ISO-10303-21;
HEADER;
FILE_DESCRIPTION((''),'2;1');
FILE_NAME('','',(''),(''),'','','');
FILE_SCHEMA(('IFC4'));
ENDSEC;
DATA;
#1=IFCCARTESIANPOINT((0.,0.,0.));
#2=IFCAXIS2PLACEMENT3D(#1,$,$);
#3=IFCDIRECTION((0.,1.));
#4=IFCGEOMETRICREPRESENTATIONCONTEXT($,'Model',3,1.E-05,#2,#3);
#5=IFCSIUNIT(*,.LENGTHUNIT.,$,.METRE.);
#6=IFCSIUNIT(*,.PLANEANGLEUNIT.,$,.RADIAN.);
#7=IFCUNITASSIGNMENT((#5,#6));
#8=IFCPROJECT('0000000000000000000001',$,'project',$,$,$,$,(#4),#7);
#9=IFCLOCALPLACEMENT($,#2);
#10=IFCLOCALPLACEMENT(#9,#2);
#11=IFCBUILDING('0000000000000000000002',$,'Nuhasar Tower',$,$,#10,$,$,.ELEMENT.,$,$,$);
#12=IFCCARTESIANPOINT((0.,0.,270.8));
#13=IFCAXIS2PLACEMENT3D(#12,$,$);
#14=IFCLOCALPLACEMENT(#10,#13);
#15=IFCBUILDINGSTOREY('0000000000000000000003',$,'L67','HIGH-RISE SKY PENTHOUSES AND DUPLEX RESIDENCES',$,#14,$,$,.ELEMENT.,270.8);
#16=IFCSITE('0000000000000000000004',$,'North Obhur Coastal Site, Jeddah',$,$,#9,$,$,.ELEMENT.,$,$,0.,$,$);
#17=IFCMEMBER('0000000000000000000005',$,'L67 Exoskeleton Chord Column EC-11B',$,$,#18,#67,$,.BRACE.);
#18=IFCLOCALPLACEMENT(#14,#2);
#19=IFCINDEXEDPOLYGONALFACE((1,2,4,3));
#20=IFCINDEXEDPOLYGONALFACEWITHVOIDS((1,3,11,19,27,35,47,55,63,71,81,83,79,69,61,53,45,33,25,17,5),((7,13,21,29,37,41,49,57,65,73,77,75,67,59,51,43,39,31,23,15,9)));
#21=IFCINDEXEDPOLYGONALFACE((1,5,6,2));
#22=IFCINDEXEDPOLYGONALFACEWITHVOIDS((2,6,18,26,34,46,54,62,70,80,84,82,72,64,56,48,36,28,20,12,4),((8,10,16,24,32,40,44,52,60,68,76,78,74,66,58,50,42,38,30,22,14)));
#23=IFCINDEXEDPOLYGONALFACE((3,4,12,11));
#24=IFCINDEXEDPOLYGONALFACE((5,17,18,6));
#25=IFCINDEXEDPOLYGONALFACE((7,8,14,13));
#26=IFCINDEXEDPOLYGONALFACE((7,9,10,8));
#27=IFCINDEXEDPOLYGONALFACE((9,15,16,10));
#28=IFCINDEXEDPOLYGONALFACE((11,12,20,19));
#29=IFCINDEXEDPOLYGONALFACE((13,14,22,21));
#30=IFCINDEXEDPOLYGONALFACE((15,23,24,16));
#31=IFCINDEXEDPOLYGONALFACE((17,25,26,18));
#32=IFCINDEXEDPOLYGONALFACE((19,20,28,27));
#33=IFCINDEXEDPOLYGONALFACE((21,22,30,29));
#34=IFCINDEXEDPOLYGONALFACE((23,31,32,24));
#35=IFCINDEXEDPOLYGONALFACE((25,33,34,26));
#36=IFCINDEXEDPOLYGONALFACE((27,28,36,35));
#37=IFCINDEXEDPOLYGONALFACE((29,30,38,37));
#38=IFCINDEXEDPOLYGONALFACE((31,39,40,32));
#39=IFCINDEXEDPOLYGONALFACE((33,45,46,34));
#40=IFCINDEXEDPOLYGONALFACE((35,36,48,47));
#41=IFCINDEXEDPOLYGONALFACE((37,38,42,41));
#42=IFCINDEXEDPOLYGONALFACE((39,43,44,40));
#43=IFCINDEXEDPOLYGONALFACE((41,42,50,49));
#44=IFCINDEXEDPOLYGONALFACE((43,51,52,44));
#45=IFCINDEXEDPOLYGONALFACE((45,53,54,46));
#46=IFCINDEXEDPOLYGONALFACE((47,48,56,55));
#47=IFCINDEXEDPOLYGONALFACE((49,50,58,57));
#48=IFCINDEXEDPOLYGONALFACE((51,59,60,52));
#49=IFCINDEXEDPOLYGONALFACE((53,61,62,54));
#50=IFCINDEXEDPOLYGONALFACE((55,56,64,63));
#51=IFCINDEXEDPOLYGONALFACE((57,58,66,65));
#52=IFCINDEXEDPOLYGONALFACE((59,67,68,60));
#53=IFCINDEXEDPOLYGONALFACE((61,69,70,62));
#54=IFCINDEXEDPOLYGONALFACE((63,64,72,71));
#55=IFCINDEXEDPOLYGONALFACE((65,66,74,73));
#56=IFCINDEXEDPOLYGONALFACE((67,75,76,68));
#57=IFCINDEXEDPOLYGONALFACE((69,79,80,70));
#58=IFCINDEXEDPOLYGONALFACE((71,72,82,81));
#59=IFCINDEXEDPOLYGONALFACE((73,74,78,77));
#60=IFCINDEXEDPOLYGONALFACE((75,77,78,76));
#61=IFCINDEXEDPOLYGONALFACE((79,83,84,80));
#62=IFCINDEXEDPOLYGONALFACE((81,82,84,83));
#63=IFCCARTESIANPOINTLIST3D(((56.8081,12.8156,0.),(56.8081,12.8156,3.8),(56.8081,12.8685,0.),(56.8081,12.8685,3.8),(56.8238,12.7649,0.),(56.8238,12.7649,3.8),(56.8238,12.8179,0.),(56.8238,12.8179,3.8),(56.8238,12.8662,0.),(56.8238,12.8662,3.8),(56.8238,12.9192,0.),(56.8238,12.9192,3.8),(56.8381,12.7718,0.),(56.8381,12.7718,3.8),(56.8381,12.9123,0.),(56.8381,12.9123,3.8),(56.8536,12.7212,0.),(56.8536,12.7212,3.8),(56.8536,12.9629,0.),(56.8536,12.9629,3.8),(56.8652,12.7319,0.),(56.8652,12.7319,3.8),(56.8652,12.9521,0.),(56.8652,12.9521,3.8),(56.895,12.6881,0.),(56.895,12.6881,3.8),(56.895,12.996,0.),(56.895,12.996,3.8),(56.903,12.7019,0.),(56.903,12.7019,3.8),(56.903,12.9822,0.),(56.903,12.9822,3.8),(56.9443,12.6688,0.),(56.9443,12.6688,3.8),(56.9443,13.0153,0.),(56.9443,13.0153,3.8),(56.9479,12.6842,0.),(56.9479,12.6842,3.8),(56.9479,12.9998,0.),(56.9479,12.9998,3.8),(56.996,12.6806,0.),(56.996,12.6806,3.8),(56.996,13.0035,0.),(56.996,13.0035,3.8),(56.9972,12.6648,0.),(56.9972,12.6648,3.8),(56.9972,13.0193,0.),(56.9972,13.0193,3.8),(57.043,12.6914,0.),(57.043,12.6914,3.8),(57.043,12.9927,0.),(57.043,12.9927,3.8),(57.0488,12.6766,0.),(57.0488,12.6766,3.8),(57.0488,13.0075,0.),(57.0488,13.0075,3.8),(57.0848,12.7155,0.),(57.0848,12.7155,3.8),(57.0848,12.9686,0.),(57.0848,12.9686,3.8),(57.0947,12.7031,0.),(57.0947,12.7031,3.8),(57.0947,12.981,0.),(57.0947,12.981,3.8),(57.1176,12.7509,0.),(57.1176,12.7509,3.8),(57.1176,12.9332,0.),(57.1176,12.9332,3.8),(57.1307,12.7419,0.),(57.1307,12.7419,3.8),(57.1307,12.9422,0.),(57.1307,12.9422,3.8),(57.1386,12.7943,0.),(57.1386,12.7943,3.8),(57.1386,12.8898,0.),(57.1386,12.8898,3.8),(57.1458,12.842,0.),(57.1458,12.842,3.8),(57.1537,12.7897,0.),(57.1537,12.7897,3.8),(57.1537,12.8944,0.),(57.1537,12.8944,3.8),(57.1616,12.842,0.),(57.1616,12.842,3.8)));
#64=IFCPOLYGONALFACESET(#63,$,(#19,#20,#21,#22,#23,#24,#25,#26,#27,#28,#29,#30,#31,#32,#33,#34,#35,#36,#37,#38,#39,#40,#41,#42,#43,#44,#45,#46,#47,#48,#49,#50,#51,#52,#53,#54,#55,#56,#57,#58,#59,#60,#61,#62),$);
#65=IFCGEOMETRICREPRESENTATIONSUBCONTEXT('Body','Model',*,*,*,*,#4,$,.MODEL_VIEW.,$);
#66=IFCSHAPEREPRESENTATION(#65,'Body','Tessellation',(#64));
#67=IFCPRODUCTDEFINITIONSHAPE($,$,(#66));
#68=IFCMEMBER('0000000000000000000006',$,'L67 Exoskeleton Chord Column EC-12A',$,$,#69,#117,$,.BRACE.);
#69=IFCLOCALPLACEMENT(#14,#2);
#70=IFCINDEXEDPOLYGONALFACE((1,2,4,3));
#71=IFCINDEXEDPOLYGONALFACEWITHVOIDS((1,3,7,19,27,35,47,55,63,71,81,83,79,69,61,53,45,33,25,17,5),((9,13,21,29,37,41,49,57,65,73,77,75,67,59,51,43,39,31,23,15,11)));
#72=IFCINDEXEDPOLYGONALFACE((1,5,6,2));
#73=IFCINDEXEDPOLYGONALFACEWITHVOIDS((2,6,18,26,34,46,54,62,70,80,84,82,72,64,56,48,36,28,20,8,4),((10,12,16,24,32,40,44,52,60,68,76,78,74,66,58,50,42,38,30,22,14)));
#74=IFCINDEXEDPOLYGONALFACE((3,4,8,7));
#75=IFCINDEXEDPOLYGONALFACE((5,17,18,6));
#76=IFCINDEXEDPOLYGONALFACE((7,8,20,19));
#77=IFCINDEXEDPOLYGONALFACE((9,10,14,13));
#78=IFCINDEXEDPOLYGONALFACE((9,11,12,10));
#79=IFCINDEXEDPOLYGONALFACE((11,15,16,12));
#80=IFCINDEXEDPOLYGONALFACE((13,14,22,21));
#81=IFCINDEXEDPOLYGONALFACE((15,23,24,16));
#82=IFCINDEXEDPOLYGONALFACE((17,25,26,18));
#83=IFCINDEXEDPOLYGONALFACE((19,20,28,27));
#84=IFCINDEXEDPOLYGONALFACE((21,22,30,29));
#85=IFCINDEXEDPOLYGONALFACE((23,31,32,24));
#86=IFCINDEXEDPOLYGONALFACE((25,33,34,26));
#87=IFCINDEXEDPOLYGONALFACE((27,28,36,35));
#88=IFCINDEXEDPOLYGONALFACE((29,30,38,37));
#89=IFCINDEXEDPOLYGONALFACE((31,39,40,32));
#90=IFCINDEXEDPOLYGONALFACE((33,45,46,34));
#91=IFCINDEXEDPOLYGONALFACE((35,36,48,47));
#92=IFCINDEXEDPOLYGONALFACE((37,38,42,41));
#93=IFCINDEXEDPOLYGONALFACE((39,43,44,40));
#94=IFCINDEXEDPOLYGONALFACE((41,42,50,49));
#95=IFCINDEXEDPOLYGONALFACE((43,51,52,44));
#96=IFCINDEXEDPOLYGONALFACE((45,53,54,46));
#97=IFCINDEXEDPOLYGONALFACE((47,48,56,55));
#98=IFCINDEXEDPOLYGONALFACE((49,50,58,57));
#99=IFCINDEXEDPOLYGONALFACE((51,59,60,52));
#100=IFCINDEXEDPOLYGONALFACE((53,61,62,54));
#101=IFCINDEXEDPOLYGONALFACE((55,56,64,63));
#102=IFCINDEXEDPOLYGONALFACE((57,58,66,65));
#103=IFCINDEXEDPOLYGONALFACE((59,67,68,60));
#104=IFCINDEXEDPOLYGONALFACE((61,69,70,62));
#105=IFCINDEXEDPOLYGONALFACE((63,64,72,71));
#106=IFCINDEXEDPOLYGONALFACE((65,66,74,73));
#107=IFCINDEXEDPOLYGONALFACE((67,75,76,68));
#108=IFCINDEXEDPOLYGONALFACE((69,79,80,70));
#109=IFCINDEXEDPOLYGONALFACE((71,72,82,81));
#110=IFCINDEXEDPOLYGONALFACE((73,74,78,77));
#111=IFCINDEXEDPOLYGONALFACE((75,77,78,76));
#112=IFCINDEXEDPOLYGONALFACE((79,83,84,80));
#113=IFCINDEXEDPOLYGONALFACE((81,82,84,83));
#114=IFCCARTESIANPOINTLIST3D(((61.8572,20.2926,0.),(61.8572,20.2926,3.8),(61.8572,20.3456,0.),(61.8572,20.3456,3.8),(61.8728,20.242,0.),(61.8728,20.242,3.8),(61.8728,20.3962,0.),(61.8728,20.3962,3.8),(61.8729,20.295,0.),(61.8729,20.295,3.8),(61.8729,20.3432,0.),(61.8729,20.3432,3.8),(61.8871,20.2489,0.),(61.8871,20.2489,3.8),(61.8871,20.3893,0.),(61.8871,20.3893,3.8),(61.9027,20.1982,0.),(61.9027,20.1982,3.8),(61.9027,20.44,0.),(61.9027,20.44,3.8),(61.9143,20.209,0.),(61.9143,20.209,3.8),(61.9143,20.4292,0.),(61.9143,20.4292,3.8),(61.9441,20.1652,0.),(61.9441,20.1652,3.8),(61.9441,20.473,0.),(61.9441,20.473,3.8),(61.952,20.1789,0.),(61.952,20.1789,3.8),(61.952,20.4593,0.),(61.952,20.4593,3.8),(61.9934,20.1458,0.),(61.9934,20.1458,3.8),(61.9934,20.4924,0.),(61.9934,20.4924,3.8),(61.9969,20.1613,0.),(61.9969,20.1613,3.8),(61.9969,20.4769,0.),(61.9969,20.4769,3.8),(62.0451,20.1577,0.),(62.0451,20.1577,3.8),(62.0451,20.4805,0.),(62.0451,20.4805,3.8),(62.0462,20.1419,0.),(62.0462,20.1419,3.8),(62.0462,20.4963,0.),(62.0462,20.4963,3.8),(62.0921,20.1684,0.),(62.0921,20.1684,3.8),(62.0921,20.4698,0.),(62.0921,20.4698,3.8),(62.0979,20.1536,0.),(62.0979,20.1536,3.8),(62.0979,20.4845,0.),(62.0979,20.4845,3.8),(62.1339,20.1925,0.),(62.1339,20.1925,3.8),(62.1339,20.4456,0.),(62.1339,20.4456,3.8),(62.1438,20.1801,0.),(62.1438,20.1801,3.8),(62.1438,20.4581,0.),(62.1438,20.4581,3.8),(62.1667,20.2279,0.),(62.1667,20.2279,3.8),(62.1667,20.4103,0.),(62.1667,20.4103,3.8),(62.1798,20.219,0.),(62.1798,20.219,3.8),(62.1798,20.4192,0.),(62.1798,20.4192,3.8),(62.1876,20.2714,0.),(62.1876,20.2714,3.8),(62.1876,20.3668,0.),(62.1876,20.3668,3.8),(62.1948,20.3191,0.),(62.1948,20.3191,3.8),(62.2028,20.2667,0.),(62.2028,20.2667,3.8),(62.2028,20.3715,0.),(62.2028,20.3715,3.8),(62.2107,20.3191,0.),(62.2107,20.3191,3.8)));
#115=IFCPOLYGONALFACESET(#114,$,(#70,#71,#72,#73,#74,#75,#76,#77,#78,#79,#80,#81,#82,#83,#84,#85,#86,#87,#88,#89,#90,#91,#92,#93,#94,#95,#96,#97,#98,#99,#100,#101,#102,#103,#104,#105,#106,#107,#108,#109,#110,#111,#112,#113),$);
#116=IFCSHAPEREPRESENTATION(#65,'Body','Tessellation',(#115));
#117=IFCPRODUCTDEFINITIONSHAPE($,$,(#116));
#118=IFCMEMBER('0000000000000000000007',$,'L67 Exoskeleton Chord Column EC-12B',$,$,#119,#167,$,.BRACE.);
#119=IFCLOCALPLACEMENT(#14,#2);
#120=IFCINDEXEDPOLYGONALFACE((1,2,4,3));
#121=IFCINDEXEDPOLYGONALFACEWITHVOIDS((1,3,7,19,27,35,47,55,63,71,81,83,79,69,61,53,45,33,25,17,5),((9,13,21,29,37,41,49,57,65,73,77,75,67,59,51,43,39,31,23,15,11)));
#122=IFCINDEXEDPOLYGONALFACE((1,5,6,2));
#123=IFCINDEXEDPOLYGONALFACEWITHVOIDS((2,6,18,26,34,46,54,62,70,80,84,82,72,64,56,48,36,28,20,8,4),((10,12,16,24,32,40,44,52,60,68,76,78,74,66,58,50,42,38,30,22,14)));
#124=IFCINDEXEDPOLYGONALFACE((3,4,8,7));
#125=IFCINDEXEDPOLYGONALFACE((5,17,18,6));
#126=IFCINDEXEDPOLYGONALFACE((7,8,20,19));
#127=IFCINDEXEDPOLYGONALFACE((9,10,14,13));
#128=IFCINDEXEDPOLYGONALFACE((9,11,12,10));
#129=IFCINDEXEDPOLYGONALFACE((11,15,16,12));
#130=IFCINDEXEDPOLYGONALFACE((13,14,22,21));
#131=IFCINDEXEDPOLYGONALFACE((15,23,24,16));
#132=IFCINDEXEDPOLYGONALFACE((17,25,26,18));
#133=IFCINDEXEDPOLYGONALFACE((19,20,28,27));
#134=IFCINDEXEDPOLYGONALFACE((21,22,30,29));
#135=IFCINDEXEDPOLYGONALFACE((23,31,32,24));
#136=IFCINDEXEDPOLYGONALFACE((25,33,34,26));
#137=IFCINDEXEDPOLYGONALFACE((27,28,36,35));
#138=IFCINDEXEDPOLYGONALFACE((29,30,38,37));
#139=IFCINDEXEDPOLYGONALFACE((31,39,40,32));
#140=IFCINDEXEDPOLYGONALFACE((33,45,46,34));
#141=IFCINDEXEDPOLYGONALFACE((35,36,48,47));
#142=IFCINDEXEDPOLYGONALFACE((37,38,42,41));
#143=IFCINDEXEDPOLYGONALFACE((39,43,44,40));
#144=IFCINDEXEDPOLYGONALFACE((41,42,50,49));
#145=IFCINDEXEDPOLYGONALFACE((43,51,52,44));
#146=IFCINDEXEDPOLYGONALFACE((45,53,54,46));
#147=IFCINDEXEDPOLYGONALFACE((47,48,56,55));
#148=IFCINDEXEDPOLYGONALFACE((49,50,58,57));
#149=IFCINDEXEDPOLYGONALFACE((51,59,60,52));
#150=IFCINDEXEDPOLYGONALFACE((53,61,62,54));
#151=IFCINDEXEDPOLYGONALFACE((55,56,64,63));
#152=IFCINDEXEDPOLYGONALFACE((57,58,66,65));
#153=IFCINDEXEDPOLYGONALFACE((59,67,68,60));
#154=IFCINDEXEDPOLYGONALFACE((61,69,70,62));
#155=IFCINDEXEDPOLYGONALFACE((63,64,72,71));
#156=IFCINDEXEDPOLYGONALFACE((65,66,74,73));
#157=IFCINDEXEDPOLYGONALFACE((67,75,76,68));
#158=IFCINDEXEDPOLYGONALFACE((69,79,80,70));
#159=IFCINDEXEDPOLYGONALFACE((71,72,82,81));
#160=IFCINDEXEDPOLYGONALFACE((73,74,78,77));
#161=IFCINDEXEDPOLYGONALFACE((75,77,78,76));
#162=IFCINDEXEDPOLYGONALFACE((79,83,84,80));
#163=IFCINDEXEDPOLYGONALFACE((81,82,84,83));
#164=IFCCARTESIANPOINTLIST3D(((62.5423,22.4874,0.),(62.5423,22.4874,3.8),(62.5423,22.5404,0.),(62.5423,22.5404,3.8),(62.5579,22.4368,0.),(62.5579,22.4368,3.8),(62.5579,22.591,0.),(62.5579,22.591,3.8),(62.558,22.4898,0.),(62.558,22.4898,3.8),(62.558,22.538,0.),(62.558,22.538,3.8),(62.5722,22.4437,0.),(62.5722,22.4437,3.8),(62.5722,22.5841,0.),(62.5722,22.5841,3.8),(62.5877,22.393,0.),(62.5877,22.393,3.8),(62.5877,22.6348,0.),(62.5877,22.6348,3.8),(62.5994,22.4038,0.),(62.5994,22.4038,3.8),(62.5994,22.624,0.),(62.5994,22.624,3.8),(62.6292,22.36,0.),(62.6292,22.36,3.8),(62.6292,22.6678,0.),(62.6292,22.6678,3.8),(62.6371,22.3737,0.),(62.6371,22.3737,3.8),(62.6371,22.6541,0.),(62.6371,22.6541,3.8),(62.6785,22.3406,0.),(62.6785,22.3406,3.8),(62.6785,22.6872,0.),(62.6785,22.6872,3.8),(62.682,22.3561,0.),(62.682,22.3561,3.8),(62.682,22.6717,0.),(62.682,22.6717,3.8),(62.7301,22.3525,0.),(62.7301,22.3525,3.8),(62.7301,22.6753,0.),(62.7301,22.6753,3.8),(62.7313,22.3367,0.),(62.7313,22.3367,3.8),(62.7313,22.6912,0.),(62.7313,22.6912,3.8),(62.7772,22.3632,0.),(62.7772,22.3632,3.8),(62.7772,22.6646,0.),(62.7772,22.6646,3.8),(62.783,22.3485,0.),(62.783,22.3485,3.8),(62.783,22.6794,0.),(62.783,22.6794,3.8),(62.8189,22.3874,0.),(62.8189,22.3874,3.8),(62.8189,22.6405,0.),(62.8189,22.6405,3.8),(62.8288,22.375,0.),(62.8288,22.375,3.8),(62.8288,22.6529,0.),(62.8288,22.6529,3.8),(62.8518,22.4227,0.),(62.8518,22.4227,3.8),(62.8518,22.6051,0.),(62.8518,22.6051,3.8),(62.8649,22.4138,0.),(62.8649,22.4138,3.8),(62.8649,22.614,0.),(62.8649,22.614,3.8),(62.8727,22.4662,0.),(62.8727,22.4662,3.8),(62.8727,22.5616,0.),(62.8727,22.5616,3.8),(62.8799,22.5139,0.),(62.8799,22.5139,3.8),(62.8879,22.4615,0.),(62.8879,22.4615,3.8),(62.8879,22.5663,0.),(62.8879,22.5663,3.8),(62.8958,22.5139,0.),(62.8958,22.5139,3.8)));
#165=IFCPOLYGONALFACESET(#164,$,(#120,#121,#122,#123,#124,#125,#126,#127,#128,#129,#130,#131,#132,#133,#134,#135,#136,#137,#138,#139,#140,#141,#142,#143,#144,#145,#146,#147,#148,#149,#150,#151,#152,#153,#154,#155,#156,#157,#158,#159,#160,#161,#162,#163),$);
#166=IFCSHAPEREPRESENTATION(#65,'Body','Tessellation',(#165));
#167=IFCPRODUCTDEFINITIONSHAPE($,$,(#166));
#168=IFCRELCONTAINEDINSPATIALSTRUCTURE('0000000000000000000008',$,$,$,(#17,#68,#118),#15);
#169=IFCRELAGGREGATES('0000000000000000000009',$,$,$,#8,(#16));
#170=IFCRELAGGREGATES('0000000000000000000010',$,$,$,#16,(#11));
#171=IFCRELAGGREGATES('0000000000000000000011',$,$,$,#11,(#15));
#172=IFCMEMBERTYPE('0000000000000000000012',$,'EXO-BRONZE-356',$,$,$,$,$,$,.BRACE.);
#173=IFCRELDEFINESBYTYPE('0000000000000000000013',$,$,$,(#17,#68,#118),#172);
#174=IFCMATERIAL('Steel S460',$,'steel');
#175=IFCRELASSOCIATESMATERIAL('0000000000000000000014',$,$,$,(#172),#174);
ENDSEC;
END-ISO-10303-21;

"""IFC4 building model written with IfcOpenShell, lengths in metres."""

from ifc_helpers import new_model, si_unit, direction, frame, origin, origin_2d, place, context, subcontext, project, spatial, hollow_circle, extrude, material, material_profile, profile_set, type_object, element, save


model = new_model("IFC4")

# Units and contexts
model_context = context("Model", 3, precision=1e-05, world=origin(), true_north=direction((0.0, 1.0)))
body_context = subcontext(model_context, "Body", "Model", "MODEL_VIEW")
ifc_project = project(units=[si_unit("LENGTHUNIT", "METRE"), si_unit("PLANEANGLEUNIT", "RADIAN")], contexts=[model_context])

# Site, building, storey
site_placement = place(None, origin())
site = spatial("IfcSite", under=ifc_project, at=site_placement, Name="North Obhur Coastal Site, Jeddah", CompositionType="ELEMENT", RefElevation=0.0)
building_placement = place(site_placement, origin())
building = spatial("IfcBuilding", under=site, at=building_placement, Name="Nuhasar Tower", CompositionType="ELEMENT")
storey_placement = place(building_placement, frame((0.0, 0.0, 270.8)))
storey = spatial("IfcBuildingStorey", under=building, at=storey_placement, Name="L67", Description="HIGH-RISE SKY PENTHOUSES AND DUPLEX RESIDENCES", CompositionType="ELEMENT", Elevation=270.8)

# Members
ifc_material_1 = material(Name="Steel S460", Category="steel")
ifc_material_profile_1 = material_profile(ifc_material_1, hollow_circle(Radius=0.1777, WallThickness=0.0159, at=origin_2d()), Name="HSS355.6X15.9")
ifc_profile_set_1 = profile_set([ifc_material_profile_1], Name="Steel S460")
member_type_1 = type_object("IfcMemberType", Name="EXO-BRONZE-356", PredefinedType="BRACE", material=ifc_profile_set_1)
for number, where, z_axis, x_axis, name in (
    (1, (56.9839, 12.842, 0.0), (0.0, 0.0, 1.0), (1.0, 0.0, 0.0), "L67 Exoskeleton Chord Column EC-11B"),
    (2, (62.033, 20.3191, 0.0), (0.0, 0.0, 1.0), (1.0, 0.0, 0.0), "L67 Exoskeleton Chord Column EC-12A"),
    (3, (62.718, 22.5139, 0.0), (0.0, 0.0, 1.0), (1.0, 0.0, 0.0), "L67 Exoskeleton Chord Column EC-12B"),
):
    element("IfcMember", number, at=place(storey_placement, frame(where, z_axis=z_axis, x_axis=x_axis)), inside=storey, type_object=member_type_1, Name=name, PredefinedType="BRACE", context=body_context, shape_type="SweptSolid", body=[
        extrude(hollow_circle(Radius=0.1777, WallThickness=0.0159, at=origin_2d()), origin(), (0.0, 0.0, 1.0), 3.8),
    ])

save(model, "model.ifc")
